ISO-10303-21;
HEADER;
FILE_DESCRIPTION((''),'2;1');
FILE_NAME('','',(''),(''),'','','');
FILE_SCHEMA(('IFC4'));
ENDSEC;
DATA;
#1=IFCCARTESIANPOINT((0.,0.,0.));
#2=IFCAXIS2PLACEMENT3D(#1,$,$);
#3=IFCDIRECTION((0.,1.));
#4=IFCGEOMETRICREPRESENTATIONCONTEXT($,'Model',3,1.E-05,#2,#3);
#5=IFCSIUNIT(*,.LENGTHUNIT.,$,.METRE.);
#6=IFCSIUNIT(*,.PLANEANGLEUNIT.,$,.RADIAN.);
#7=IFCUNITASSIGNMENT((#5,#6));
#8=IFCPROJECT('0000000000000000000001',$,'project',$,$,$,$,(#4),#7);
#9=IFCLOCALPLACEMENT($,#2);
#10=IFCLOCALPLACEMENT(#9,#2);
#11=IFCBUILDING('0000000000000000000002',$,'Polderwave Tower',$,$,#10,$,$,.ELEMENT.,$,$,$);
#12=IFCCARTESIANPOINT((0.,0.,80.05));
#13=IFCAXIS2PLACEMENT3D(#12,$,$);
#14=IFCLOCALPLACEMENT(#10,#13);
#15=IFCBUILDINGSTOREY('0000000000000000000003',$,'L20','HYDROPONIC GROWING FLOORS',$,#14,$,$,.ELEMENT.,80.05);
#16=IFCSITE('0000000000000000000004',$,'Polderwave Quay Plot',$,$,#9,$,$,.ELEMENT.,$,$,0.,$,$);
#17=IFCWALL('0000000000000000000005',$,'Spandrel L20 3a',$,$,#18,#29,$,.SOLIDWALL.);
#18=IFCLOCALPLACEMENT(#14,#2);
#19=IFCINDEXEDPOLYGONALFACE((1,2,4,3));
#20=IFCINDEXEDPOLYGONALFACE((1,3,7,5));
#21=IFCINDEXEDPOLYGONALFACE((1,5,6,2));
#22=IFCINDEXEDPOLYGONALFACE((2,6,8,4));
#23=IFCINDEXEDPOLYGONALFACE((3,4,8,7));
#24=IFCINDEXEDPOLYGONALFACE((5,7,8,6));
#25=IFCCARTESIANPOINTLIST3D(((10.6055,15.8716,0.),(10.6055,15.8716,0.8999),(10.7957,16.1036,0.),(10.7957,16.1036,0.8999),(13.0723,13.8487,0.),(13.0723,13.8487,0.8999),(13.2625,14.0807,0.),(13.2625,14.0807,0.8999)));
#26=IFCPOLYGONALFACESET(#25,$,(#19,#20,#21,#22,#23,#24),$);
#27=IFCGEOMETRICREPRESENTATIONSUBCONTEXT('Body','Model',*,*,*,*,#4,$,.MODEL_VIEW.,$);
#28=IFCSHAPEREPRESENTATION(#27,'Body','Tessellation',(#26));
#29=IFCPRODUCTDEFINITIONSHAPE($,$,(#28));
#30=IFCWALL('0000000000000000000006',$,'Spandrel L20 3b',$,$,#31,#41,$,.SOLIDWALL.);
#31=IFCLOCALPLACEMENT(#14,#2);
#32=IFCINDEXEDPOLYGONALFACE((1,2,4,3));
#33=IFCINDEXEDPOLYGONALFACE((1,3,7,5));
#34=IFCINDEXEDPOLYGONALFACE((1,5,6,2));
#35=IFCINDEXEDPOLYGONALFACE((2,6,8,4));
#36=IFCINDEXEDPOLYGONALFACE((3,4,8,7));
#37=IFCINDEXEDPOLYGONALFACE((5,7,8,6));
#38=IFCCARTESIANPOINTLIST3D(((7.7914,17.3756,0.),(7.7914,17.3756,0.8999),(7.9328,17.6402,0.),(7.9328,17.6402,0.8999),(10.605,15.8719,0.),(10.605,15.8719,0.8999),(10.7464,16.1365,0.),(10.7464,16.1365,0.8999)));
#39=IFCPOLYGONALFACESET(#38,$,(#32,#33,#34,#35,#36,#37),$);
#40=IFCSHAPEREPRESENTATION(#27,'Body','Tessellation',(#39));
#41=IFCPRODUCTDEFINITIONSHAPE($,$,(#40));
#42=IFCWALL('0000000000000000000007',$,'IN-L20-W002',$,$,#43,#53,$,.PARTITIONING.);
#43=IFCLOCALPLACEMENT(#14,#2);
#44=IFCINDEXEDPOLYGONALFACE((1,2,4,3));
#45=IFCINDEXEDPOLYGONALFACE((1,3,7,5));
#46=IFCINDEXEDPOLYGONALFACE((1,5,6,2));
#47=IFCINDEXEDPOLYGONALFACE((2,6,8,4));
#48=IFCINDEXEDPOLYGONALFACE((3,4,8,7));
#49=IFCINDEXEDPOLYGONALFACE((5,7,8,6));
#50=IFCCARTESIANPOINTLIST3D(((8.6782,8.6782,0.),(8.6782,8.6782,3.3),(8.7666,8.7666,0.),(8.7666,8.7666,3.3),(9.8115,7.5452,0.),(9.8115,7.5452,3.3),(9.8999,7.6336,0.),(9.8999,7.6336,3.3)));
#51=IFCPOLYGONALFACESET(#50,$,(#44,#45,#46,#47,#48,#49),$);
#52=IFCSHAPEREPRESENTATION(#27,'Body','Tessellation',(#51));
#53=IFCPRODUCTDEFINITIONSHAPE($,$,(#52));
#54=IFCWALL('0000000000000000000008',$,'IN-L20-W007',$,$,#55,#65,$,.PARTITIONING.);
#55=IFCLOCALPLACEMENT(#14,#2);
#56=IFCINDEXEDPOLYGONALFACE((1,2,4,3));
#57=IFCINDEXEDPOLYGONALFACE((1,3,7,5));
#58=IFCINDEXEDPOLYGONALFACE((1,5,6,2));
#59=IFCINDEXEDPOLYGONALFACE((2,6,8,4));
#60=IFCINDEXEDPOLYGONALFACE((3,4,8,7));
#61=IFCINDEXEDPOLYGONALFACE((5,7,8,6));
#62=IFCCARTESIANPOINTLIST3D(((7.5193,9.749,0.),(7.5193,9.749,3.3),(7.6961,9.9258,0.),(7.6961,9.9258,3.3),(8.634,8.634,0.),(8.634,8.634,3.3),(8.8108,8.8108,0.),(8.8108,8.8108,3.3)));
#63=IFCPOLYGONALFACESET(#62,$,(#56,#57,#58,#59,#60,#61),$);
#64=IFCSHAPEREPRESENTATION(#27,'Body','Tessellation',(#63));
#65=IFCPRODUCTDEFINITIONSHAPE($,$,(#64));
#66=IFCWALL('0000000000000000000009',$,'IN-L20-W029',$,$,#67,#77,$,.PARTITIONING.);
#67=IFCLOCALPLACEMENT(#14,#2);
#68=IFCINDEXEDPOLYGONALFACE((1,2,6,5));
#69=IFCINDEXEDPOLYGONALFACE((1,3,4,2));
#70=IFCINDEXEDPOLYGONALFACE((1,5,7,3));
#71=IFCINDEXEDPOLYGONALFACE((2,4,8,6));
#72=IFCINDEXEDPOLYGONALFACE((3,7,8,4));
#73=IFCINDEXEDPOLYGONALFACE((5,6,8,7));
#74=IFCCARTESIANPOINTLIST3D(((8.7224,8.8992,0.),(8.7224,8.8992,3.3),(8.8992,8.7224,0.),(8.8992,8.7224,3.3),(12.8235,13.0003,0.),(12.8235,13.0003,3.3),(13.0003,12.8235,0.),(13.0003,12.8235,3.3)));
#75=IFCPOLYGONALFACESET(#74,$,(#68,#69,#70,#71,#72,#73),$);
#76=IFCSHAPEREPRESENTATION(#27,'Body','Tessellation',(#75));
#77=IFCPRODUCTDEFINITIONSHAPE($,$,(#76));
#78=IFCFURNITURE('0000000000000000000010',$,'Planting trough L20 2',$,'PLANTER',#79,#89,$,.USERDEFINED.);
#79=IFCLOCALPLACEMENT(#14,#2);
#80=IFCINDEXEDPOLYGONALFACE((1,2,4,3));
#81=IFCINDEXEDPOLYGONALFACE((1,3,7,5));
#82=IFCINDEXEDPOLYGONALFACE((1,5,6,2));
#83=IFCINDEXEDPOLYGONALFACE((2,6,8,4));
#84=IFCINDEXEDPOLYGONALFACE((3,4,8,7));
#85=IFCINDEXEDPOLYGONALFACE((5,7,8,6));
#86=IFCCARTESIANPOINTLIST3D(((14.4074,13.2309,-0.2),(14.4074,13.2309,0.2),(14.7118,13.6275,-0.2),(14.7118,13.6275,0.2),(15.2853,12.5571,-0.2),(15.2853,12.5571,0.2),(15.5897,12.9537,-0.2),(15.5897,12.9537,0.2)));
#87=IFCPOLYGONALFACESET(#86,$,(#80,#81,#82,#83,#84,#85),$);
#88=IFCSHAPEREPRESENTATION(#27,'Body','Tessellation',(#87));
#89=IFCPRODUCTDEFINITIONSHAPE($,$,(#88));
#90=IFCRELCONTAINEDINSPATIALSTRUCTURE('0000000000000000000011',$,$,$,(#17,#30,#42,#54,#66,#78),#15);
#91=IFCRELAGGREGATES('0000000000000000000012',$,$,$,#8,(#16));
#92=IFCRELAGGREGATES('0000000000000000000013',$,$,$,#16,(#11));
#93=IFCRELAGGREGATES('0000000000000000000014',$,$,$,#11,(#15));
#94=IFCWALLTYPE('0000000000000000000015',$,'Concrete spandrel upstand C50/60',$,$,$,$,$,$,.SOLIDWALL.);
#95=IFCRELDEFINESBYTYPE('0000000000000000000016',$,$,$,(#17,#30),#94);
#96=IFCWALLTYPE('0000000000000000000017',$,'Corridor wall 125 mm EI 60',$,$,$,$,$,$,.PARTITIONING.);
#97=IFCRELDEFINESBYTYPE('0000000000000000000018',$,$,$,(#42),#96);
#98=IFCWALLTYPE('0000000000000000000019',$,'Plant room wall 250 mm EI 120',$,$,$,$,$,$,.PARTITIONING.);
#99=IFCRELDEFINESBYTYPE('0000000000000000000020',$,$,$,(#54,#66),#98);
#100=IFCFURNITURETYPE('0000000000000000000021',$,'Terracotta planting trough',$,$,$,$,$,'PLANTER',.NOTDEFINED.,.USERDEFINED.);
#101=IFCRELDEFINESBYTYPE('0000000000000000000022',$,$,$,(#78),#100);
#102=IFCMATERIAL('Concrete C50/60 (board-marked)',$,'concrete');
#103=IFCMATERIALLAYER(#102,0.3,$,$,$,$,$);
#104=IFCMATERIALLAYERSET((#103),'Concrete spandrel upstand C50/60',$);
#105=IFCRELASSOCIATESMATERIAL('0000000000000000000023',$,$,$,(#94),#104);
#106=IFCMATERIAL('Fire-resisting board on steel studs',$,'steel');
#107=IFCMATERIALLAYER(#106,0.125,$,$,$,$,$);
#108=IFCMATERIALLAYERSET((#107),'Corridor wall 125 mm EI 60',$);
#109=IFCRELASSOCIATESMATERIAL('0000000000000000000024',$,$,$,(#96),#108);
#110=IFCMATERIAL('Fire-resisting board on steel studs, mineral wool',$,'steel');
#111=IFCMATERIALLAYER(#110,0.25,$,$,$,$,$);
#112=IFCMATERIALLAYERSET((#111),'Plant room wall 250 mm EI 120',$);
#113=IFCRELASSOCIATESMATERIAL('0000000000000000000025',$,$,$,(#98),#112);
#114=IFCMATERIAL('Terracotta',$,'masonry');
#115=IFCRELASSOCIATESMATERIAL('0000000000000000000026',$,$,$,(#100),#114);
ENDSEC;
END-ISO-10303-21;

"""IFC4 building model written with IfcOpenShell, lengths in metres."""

from ifc_helpers import new_model, si_unit, direction, frame, frame_2d, origin, origin_2d, place, context, subcontext, project, spatial, rectangle, extrude, material, layer, layer_set, type_object, element, save


model = new_model("IFC4")

# Units and contexts
model_context = context("Model", 3, precision=1e-05, world=origin(), true_north=direction((0.0, 1.0)))
body_context = subcontext(model_context, "Body", "Model", "MODEL_VIEW")
ifc_project = project(units=[si_unit("LENGTHUNIT", "METRE"), si_unit("PLANEANGLEUNIT", "RADIAN")], contexts=[model_context])

# Site, building, storey
site_placement = place(None, origin())
site = spatial("IfcSite", under=ifc_project, at=site_placement, Name="Polderwave Quay Plot", CompositionType="ELEMENT", RefElevation=0.0)
building_placement = place(site_placement, origin())
building = spatial("IfcBuilding", under=site, at=building_placement, Name="Polderwave Tower", CompositionType="ELEMENT")
storey_placement = place(building_placement, frame((0.0, 0.0, 80.05)))
storey = spatial("IfcBuildingStorey", under=building, at=storey_placement, Name="L20", Description="HYDROPONIC GROWING FLOORS", CompositionType="ELEMENT", Elevation=80.05)

# Walls
ifc_material_1 = material(Name="Concrete C50/60 (board-marked)", Category="concrete")
ifc_layer_1 = layer(ifc_material_1, 0.3)
ifc_layer_set_1 = layer_set([ifc_layer_1], Name="Concrete spandrel upstand C50/60")
wall_type_1 = type_object("IfcWallType", Name="Concrete spandrel upstand C50/60", PredefinedType="SOLIDWALL", material=ifc_layer_set_1)
for number, where, z_axis, x_axis, name in (
    (1, (13.1675, 13.9646, 0.0), (0.0, 0.0, 1.0), (-0.773241, 0.634113, 0.0), "Spandrel L20 3a"),
    (2, (10.6758, 16.0042, 0.0), (0.0, 0.0, 1.0), (-0.881944, 0.471355, 0.0), "Spandrel L20 3b"),
):
    element("IfcWall", number, at=place(storey_placement, frame(where, z_axis=z_axis, x_axis=x_axis)), inside=storey, type_object=wall_type_1, Name=name, PredefinedType="SOLIDWALL", context=body_context, shape_type="SweptSolid", body=[
        extrude(rectangle(XDim=3.1902, YDim=0.3, at=frame_2d((1.5952, 0.0))), origin(), (0.0, 0.0, 1.0), 0.8999),
    ])
ifc_material_2 = material(Name="Fire-resisting board on steel studs", Category="steel")
ifc_layer_2 = layer(ifc_material_2, 0.125)
ifc_layer_set_2 = layer_set([ifc_layer_2], Name="Corridor wall 125 mm EI 60")
wall_type_2 = type_object("IfcWallType", Name="Corridor wall 125 mm EI 60", PredefinedType="PARTITIONING", material=ifc_layer_set_2)
wall_1_placement = place(storey_placement, frame((8.7224, 8.7224, 0.0), z_axis=(0.0, 0.0, 1.0), x_axis=(0.707183, -0.707031, 0.0)))
element("IfcWall", 3, at=wall_1_placement, inside=storey, type_object=wall_type_2, Name="IN-L20-W002", PredefinedType="PARTITIONING", context=body_context, shape_type="SweptSolid", body=[
    extrude(rectangle(XDim=1.6025, YDim=0.125, at=frame_2d((0.8013, 0.0))), origin(), (0.0, 0.0, 1.0), 3.3),
])
ifc_material_3 = material(Name="Fire-resisting board on steel studs, mineral wool", Category="steel")
ifc_layer_3 = layer(ifc_material_3, 0.25)
ifc_layer_set_3 = layer_set([ifc_layer_3], Name="Plant room wall 250 mm EI 120")
wall_type_3 = type_object("IfcWallType", Name="Plant room wall 250 mm EI 120", PredefinedType="PARTITIONING", material=ifc_layer_set_3)
wall_2_placement = place(storey_placement, frame((7.6077, 9.8374, 0.0), z_axis=(0.0, 0.0, 1.0), x_axis=(0.707029, -0.707184, 0.0)))
element("IfcWall", 4, at=wall_2_placement, inside=storey, type_object=wall_type_3, Name="IN-L20-W007", PredefinedType="PARTITIONING", context=body_context, shape_type="SweptSolid", body=[
    extrude(rectangle(XDim=1.5767, YDim=0.25, at=frame_2d((0.7883, 0.0))), origin(), (0.0, 0.0, 1.0), 3.3),
])
wall_3_placement = place(storey_placement, frame((12.9119, 12.9119, 0.0), z_axis=(0.0, 0.0, 1.0), x_axis=(-0.707107, -0.707107, 0.0)))
element("IfcWall", 5, at=wall_3_placement, inside=storey, type_object=wall_type_3, Name="IN-L20-W029", PredefinedType="PARTITIONING", context=body_context, shape_type="SweptSolid", body=[
    extrude(rectangle(XDim=5.7998, YDim=0.25, at=frame_2d((2.8999, 0.0))), origin(), (0.0, 0.0, 1.0), 3.3),
])

# Furniture
ifc_material_4 = material(Name="Terracotta", Category="masonry")
furniture_type = type_object("IfcFurnitureType", Name="Terracotta planting trough", ElementType="PLANTER", AssemblyPlace="NOTDEFINED", PredefinedType="USERDEFINED", material=ifc_material_4)
furniture_placement = place(storey_placement, frame((14.9985, 13.0923, -0.2), z_axis=(0.0, 0.0, 1.0), x_axis=(-0.793298, 0.608833, 0.0)))
element("IfcFurniture", 6, at=furniture_placement, inside=storey, type_object=furniture_type, Name="Planting trough L20 2", ObjectType="PLANTER", PredefinedType="USERDEFINED", context=body_context, shape_type="SweptSolid", body=[
    extrude(rectangle(XDim=1.1067, YDim=0.5, at=origin_2d()), origin(), (0.0, 0.0, 1.0), 0.3999),
])

save(model, "model.ifc")
